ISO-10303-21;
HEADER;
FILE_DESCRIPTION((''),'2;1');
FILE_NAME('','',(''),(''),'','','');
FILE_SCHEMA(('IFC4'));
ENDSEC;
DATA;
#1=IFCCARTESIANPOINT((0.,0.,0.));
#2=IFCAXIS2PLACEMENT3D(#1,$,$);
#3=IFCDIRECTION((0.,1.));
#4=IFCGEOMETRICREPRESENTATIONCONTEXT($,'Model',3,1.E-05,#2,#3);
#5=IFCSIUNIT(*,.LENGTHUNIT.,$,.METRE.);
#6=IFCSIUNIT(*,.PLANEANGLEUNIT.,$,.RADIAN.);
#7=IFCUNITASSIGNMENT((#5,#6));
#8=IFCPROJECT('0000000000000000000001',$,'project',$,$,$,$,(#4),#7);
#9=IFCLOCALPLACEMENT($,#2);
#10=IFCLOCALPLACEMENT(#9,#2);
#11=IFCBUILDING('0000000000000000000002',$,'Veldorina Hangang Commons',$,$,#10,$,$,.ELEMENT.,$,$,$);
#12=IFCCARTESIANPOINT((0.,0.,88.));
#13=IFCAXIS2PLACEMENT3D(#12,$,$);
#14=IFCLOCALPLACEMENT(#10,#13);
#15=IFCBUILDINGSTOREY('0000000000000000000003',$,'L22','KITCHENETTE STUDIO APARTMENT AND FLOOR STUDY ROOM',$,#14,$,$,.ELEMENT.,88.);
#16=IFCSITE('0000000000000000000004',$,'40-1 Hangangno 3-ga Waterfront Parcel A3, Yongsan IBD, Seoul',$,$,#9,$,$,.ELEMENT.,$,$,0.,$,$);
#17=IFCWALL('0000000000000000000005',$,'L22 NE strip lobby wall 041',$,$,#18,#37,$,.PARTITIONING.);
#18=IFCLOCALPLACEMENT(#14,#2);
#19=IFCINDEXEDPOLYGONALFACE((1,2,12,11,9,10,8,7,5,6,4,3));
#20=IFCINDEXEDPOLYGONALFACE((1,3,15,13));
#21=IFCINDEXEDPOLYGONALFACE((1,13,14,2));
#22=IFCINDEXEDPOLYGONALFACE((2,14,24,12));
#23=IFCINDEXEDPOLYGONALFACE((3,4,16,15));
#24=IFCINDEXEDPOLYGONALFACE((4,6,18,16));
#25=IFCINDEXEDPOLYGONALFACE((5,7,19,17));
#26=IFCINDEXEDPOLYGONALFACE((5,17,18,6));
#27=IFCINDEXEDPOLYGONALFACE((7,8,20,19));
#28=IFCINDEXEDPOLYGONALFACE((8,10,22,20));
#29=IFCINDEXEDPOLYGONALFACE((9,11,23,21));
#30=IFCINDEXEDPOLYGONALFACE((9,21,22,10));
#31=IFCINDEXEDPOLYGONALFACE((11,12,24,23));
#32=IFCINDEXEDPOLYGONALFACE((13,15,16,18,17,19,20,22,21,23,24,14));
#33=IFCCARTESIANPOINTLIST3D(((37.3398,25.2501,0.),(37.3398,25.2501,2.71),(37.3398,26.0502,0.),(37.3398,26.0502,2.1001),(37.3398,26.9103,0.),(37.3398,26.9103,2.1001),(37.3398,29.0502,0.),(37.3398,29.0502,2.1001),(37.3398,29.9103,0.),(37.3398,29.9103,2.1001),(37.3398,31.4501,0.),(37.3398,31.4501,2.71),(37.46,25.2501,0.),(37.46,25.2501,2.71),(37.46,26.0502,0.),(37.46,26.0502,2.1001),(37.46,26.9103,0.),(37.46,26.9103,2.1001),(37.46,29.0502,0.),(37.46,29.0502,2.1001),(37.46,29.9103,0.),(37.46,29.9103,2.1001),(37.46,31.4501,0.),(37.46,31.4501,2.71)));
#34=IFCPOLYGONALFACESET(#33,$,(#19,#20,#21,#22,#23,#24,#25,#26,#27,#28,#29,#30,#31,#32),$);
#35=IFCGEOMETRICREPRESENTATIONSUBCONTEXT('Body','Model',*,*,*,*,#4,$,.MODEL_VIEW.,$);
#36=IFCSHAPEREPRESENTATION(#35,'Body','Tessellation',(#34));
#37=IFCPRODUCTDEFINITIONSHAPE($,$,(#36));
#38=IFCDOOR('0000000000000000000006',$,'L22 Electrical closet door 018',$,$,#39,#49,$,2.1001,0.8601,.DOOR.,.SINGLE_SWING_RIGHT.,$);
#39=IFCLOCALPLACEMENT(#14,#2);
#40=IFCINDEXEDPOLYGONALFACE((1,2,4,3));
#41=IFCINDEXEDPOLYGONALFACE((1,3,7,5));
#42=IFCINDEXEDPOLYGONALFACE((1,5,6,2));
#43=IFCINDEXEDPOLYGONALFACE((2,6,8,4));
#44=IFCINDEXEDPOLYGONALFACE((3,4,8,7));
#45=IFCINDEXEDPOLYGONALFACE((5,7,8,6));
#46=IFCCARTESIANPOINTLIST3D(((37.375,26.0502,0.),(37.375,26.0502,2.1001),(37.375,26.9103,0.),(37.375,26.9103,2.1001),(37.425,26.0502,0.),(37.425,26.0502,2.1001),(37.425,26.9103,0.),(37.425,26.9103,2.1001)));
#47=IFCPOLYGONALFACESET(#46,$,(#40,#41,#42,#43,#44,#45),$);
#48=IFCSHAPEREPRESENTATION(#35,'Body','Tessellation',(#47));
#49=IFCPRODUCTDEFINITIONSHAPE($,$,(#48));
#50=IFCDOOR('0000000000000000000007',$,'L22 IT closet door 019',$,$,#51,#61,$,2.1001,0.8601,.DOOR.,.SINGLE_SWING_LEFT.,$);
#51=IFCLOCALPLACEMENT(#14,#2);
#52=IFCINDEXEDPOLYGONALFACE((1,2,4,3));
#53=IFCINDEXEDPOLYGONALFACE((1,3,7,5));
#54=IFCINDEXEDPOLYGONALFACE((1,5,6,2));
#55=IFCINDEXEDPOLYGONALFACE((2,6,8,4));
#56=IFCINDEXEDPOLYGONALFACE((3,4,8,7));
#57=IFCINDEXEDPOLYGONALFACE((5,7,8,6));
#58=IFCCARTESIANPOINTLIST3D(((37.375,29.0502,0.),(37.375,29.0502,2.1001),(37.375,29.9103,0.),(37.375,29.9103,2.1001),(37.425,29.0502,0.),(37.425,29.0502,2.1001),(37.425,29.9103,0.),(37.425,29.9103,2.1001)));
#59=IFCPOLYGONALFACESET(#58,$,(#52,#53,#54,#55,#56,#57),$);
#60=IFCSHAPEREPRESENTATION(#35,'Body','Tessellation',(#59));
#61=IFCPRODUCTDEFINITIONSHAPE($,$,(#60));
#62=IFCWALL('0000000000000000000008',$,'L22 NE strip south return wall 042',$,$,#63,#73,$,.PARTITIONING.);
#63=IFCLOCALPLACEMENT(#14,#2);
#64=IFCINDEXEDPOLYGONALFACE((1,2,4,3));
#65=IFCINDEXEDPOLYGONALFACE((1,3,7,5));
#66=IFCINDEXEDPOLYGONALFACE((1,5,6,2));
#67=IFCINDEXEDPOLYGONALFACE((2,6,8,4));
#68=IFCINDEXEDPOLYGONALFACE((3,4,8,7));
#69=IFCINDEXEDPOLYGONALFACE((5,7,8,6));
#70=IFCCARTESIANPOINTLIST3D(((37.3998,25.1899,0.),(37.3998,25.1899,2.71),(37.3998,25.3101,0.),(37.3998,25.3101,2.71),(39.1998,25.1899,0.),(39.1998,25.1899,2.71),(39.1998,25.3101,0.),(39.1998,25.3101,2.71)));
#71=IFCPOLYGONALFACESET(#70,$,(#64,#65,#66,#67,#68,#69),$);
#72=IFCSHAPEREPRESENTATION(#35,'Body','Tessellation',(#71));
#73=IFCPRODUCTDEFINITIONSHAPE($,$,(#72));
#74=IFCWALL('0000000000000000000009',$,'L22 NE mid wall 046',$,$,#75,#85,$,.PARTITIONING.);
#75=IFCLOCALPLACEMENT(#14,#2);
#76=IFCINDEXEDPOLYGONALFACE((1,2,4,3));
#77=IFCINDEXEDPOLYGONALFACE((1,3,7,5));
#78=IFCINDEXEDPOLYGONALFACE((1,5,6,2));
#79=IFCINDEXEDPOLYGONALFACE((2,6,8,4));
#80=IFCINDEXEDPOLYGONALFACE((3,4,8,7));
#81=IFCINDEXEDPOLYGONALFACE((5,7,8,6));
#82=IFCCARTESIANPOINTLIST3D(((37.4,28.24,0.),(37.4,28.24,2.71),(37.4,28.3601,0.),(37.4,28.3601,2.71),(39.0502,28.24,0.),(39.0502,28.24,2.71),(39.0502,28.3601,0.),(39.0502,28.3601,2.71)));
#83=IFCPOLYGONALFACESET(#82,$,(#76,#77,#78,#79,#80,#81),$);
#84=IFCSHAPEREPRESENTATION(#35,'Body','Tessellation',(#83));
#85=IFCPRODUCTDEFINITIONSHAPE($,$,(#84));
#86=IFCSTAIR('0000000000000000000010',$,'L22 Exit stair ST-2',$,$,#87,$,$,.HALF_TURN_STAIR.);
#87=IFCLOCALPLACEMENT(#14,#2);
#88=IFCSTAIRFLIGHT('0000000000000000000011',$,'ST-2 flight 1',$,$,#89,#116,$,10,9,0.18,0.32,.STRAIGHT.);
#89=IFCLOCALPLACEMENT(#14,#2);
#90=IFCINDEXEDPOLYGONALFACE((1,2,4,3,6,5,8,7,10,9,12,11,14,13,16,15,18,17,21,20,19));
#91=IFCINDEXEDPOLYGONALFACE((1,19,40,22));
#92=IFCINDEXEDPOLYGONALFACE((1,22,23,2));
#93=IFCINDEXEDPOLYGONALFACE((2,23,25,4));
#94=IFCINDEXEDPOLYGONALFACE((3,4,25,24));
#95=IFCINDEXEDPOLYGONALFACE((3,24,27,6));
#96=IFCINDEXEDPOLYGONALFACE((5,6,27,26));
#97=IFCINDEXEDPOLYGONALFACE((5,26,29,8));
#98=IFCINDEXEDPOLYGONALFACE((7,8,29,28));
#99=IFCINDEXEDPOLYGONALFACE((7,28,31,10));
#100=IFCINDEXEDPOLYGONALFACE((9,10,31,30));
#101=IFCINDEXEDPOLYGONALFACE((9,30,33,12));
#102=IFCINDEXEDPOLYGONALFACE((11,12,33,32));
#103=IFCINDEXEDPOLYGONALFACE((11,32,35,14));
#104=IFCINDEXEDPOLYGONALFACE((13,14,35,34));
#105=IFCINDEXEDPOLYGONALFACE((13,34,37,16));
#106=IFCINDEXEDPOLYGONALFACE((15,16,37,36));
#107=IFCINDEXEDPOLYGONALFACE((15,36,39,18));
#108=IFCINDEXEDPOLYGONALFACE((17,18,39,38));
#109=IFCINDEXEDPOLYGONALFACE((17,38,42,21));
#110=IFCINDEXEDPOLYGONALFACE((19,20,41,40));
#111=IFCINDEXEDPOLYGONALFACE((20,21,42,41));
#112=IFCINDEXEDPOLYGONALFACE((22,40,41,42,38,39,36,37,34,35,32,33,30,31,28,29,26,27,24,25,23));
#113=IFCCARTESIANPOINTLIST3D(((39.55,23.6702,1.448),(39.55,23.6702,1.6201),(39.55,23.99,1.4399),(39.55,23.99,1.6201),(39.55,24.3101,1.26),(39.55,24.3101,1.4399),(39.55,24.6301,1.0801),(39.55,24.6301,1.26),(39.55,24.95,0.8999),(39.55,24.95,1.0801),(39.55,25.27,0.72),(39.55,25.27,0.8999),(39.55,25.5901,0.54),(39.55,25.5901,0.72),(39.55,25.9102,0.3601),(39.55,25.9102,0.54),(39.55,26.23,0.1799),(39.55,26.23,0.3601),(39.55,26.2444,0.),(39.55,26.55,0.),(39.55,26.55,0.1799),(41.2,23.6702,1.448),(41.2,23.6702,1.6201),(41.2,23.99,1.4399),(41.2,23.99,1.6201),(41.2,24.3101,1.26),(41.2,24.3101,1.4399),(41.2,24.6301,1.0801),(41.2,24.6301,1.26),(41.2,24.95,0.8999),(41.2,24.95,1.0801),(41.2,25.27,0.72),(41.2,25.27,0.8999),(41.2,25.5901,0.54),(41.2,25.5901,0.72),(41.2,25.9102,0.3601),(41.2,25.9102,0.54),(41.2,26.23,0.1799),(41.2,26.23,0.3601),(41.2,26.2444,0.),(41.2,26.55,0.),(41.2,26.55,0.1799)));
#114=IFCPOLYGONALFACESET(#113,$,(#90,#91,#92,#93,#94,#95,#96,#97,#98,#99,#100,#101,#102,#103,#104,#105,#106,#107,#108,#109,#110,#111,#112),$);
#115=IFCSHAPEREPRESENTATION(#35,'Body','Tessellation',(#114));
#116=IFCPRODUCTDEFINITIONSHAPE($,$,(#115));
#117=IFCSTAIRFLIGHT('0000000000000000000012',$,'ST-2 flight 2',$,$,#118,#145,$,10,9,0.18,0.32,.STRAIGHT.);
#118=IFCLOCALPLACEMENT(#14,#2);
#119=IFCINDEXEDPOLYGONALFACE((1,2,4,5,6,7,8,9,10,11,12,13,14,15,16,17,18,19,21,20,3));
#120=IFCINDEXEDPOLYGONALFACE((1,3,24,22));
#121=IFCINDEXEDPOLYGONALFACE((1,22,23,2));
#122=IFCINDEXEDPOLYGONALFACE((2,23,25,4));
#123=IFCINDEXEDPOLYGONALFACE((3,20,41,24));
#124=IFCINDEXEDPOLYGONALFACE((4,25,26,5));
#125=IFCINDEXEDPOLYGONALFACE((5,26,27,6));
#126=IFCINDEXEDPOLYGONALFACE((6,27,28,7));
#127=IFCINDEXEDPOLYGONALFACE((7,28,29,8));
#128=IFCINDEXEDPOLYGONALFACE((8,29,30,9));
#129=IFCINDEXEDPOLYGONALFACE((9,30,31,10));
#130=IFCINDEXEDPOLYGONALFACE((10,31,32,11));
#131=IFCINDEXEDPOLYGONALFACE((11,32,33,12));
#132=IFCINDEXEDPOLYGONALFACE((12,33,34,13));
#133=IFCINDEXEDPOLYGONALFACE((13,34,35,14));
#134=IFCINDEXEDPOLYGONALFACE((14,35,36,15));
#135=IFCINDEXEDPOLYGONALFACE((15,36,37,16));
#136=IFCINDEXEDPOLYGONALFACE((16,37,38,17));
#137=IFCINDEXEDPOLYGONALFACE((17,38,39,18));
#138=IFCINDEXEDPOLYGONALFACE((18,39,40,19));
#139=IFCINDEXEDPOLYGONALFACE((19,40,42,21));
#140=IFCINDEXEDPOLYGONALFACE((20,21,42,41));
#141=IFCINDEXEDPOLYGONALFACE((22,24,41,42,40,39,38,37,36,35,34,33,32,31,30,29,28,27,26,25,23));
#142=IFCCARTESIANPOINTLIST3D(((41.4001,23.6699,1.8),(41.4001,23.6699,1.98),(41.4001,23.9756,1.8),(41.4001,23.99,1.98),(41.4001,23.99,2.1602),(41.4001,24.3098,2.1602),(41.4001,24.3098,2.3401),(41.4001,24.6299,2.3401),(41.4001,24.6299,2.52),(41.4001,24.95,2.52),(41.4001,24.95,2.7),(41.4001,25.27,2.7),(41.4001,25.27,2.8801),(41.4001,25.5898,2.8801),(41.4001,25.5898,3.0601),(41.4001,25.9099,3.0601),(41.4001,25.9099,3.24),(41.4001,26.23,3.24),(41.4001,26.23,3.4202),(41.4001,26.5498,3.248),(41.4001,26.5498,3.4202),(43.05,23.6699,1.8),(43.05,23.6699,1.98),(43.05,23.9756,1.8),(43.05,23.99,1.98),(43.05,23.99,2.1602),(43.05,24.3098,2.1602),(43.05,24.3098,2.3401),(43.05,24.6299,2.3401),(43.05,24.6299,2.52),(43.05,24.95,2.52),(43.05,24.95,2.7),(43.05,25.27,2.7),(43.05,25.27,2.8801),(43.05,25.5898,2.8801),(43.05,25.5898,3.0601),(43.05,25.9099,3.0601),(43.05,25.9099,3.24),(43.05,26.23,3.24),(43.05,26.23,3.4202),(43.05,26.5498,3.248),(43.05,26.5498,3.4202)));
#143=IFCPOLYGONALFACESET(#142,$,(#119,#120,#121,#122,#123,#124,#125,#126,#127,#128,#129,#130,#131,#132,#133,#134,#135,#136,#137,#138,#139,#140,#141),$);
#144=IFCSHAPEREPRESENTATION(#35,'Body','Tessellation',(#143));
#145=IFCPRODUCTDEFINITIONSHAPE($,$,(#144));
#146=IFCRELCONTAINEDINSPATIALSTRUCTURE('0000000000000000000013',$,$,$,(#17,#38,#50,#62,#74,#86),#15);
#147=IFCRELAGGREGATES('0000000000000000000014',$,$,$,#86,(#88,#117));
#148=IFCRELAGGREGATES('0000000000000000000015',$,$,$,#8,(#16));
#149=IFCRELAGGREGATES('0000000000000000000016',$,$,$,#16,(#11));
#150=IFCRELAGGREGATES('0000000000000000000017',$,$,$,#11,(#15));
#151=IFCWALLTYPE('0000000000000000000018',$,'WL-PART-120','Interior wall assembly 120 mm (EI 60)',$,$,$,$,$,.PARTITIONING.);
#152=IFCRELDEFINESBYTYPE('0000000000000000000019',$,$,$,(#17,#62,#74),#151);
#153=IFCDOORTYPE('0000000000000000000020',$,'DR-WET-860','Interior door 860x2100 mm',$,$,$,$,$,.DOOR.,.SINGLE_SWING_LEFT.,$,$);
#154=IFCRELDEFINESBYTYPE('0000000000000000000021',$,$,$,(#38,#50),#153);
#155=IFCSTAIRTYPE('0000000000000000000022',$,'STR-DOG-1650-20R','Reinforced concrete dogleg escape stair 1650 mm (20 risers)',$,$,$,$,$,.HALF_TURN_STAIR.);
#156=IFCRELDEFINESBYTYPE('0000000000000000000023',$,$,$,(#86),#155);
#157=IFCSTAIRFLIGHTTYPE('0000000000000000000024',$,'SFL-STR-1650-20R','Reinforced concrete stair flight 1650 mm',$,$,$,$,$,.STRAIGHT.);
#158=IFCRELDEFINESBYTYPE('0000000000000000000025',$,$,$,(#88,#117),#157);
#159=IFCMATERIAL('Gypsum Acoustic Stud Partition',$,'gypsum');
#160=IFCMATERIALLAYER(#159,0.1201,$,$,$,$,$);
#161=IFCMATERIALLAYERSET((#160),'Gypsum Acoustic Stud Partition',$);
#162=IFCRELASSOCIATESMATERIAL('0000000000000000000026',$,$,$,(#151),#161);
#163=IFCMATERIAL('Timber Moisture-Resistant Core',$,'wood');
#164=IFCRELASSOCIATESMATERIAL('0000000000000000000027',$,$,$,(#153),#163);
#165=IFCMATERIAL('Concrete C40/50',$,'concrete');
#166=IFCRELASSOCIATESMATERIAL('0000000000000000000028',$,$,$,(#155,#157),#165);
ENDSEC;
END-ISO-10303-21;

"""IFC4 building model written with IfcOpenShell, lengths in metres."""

from ifc_helpers import new_model, si_unit, direction, frame, frame_2d, origin, place, context, subcontext, project, spatial, polyline, rectangle, outline, extrude, material, layer, layer_set, type_object, element, fill, aggregate, save


model = new_model("IFC4")

# Units and contexts
model_context = context("Model", 3, precision=1e-05, world=origin(), true_north=direction((0.0, 1.0)))
body_context = subcontext(model_context, "Body", "Model", "MODEL_VIEW")
ifc_project = project(units=[si_unit("LENGTHUNIT", "METRE"), si_unit("PLANEANGLEUNIT", "RADIAN")], contexts=[model_context])

# Site, building, storey
site_placement = place(None, origin())
site = spatial("IfcSite", under=ifc_project, at=site_placement, Name="40-1 Hangangno 3-ga Waterfront Parcel A3, Yongsan IBD, Seoul", CompositionType="ELEMENT", RefElevation=0.0)
building_placement = place(site_placement, origin())
building = spatial("IfcBuilding", under=site, at=building_placement, Name="Veldorina Hangang Commons", CompositionType="ELEMENT")
storey_placement = place(building_placement, frame((0.0, 0.0, 88.0)))
storey = spatial("IfcBuildingStorey", under=building, at=storey_placement, Name="L22", Description="KITCHENETTE STUDIO APARTMENT AND FLOOR STUDY ROOM", CompositionType="ELEMENT", Elevation=88.0)

# Wall, openings, doors
ifc_material_1 = material(Name="Gypsum Acoustic Stud Partition", Category="gypsum")
ifc_layer_1 = layer(ifc_material_1, 0.1201)
ifc_layer_set_1 = layer_set([ifc_layer_1], Name="Gypsum Acoustic Stud Partition")
wall_type_1 = type_object("IfcWallType", Name="WL-PART-120", Description="Interior wall assembly 120 mm (EI 60)", PredefinedType="PARTITIONING", material=ifc_layer_set_1)
wall_1_placement = place(storey_placement, frame((37.3999, 25.25, 0.0), z_axis=(0.0, 0.0, 1.0), x_axis=(0.0, 1.0, 0.0)))
wall_1 = element("IfcWall", 1, at=wall_1_placement, inside=storey, type_object=wall_type_1, Name="L22 NE strip lobby wall 041", PredefinedType="PARTITIONING", context=body_context, shape_type="SweptSolid", body=[
    extrude(rectangle(XDim=6.2, YDim=0.1201, at=frame_2d((3.1001, 0.0))), origin(), (0.0, 0.0, 1.0), 2.71),
])
opening_1_placement = place(wall_1_placement, frame((0.8, 0.0, 0.0)))
opening_1 = element("IfcOpeningElement", 2, at=opening_1_placement, cuts=wall_1, PredefinedType="OPENING", context=body_context, shape_type="SweptSolid", body=[
    extrude(rectangle(XDim=0.8601, YDim=2.1001, at=frame_2d((0.4302, 1.05))), frame((0.0, 0.0701, 0.0), z_axis=(0.0, -1.0, 0.0), x_axis=(1.0, 0.0, 0.0)), (0.0, 0.0, 1.0), 0.1401),
])
opening_2_placement = place(wall_1_placement, frame((3.8, 0.0, 0.0)))
opening_2 = element("IfcOpeningElement", 3, at=opening_2_placement, cuts=wall_1, PredefinedType="OPENING", context=body_context, shape_type="SweptSolid", body=[
    extrude(rectangle(XDim=0.8601, YDim=2.1001, at=frame_2d((0.4302, 1.05))), frame((0.0, 0.0701, 0.0), z_axis=(0.0, -1.0, 0.0), x_axis=(1.0, 0.0, 0.0)), (0.0, 0.0, 1.0), 0.1401),
])
ifc_material_2 = material(Name="Timber Moisture-Resistant Core", Category="wood")
door_type_1 = type_object("IfcDoorType", Name="DR-WET-860", Description="Interior door 860x2100 mm", OperationType="SINGLE_SWING_LEFT", PredefinedType="DOOR", material=ifc_material_2)
door_1_placement = place(opening_1_placement, origin())
door_1 = element("IfcDoor", 4, at=door_1_placement, inside=storey, type_object=door_type_1, Name="L22 Electrical closet door 018", OperationType="SINGLE_SWING_RIGHT", OverallHeight=2.1001, OverallWidth=0.8601, PredefinedType="DOOR", context=body_context, shape_type="SweptSolid", body=[
    extrude(rectangle(XDim=0.8601, YDim=2.1001, at=frame_2d((0.4302, 1.05))), frame((0.0, 0.0249, 0.0), z_axis=(0.0, -1.0, 0.0), x_axis=(1.0, 0.0, 0.0)), (0.0, 0.0, 1.0), 0.05),
])
fill(opening_1, door_1)
door_2_placement = place(opening_2_placement, origin())
door_2 = element("IfcDoor", 5, at=door_2_placement, inside=storey, type_object=door_type_1, Name="L22 IT closet door 019", OperationType="SINGLE_SWING_LEFT", OverallHeight=2.1001, OverallWidth=0.8601, PredefinedType="DOOR", context=body_context, shape_type="SweptSolid", body=[
    extrude(rectangle(XDim=0.8601, YDim=2.1001, at=frame_2d((0.4302, 1.05))), frame((0.0, 0.0249, 0.0), z_axis=(0.0, -1.0, 0.0), x_axis=(1.0, 0.0, 0.0)), (0.0, 0.0, 1.0), 0.05),
])
fill(opening_2, door_2)

# Walls
wall_2_placement = place(storey_placement, frame((37.3999, 25.25, 0.0), z_axis=(0.0, 0.0, 1.0), x_axis=(1.0, 0.0, 0.0)))
element("IfcWall", 6, at=wall_2_placement, inside=storey, type_object=wall_type_1, Name="L22 NE strip south return wall 042", PredefinedType="PARTITIONING", context=body_context, shape_type="SweptSolid", body=[
    extrude(rectangle(XDim=1.8, YDim=0.1201, at=frame_2d((0.8999, 0.0))), origin(), (0.0, 0.0, 1.0), 2.71),
])
wall_3_placement = place(storey_placement, frame((37.3999, 28.3, 0.0), z_axis=(0.0, 0.0, 1.0), x_axis=(1.0, 0.0, 0.0)))
element("IfcWall", 7, at=wall_3_placement, inside=storey, type_object=wall_type_1, Name="L22 NE mid wall 046", PredefinedType="PARTITIONING", context=body_context, shape_type="SweptSolid", body=[
    extrude(rectangle(XDim=1.6501, YDim=0.1201, at=frame_2d((0.8252, 0.0))), origin(), (0.0, 0.0, 1.0), 2.71),
])

# Stair, stair flights
ifc_material_3 = material(Name="Concrete C40/50", Category="concrete")
stair_type = type_object("IfcStairType", Name="STR-DOG-1650-20R", Description="Reinforced concrete dogleg escape stair 1650 mm (20 risers)", PredefinedType="HALF_TURN_STAIR", material=ifc_material_3)
stair_placement = place(storey_placement, origin())
stair = element("IfcStair", 8, at=stair_placement, inside=storey, type_object=stair_type, Name="L22 Exit stair ST-2", PredefinedType="HALF_TURN_STAIR")
stair_flight_type = type_object("IfcStairFlightType", Name="SFL-STR-1650-20R", Description="Reinforced concrete stair flight 1650 mm", PredefinedType="STRAIGHT", material=ifc_material_3)
stair_flight_1_placement = place(storey_placement, frame((40.375, 26.55, 0.0), z_axis=(0.0, 0.0, 1.0), x_axis=(0.0, -1.0, 0.0)))
stair_flight_1 = element("IfcStairFlight", 9, at=stair_flight_1_placement, type_object=stair_flight_type, Name="ST-2 flight 1", NumberOfRisers=10, NumberOfTreads=9, PredefinedType="STRAIGHT", RiserHeight=0.18, TreadLength=0.32, context=body_context, shape_type="SweptSolid", body=[
    extrude(outline(polyline([(0.0, 0.0), (0.0, 0.1799), (0.3201, 0.1799), (0.3201, 0.3601), (0.6399, 0.3601), (0.6399, 0.54), (0.96, 0.54), (0.96, 0.72), (1.28, 0.72), (1.28, 0.8999), (1.6001, 0.8999), (1.6001, 1.0801), (1.9199, 1.0801), (1.9199, 1.26), (2.24, 1.26), (2.24, 1.4399), (2.5601, 1.4399), (2.5601, 1.6201), (2.8799, 1.6201), (2.8799, 1.8), (2.8799, 1.448), (0.3057, 0.0), (0.0, 0.0)])), frame((0.0, 0.825, 0.0), z_axis=(0.0, -1.0, 0.0), x_axis=(1.0, 0.0, 0.0)), (0.0, 0.0, 1.0), 1.6499),
])
stair_flight_2_placement = place(storey_placement, frame((42.2251, 23.6699, 1.8), z_axis=(0.0, 0.0, 1.0), x_axis=(0.0, 1.0, 0.0)))
stair_flight_2 = element("IfcStairFlight", 10, at=stair_flight_2_placement, type_object=stair_flight_type, Name="ST-2 flight 2", NumberOfRisers=10, NumberOfTreads=9, PredefinedType="STRAIGHT", RiserHeight=0.18, TreadLength=0.32, context=body_context, shape_type="SweptSolid", body=[
    extrude(outline(polyline([(0.0, 0.0), (0.0, 0.1799), (0.3201, 0.1799), (0.3201, 0.3601), (0.6399, 0.3601), (0.6399, 0.54), (0.96, 0.54), (0.96, 0.72), (1.28, 0.72), (1.28, 0.8999), (1.6001, 0.8999), (1.6001, 1.0801), (1.9199, 1.0801), (1.9199, 1.26), (2.24, 1.26), (2.24, 1.4399), (2.5601, 1.4399), (2.5601, 1.6201), (2.8799, 1.6201), (2.8799, 1.8), (2.8799, 1.448), (0.3057, 0.0), (0.0, 0.0)])), frame((0.0, 0.825, 0.0), z_axis=(0.0, -1.0, 0.0), x_axis=(1.0, 0.0, 0.0)), (0.0, 0.0, 1.0), 1.6499),
])
aggregate(stair, [stair_flight_1, stair_flight_2])

save(model, "model.ifc")
